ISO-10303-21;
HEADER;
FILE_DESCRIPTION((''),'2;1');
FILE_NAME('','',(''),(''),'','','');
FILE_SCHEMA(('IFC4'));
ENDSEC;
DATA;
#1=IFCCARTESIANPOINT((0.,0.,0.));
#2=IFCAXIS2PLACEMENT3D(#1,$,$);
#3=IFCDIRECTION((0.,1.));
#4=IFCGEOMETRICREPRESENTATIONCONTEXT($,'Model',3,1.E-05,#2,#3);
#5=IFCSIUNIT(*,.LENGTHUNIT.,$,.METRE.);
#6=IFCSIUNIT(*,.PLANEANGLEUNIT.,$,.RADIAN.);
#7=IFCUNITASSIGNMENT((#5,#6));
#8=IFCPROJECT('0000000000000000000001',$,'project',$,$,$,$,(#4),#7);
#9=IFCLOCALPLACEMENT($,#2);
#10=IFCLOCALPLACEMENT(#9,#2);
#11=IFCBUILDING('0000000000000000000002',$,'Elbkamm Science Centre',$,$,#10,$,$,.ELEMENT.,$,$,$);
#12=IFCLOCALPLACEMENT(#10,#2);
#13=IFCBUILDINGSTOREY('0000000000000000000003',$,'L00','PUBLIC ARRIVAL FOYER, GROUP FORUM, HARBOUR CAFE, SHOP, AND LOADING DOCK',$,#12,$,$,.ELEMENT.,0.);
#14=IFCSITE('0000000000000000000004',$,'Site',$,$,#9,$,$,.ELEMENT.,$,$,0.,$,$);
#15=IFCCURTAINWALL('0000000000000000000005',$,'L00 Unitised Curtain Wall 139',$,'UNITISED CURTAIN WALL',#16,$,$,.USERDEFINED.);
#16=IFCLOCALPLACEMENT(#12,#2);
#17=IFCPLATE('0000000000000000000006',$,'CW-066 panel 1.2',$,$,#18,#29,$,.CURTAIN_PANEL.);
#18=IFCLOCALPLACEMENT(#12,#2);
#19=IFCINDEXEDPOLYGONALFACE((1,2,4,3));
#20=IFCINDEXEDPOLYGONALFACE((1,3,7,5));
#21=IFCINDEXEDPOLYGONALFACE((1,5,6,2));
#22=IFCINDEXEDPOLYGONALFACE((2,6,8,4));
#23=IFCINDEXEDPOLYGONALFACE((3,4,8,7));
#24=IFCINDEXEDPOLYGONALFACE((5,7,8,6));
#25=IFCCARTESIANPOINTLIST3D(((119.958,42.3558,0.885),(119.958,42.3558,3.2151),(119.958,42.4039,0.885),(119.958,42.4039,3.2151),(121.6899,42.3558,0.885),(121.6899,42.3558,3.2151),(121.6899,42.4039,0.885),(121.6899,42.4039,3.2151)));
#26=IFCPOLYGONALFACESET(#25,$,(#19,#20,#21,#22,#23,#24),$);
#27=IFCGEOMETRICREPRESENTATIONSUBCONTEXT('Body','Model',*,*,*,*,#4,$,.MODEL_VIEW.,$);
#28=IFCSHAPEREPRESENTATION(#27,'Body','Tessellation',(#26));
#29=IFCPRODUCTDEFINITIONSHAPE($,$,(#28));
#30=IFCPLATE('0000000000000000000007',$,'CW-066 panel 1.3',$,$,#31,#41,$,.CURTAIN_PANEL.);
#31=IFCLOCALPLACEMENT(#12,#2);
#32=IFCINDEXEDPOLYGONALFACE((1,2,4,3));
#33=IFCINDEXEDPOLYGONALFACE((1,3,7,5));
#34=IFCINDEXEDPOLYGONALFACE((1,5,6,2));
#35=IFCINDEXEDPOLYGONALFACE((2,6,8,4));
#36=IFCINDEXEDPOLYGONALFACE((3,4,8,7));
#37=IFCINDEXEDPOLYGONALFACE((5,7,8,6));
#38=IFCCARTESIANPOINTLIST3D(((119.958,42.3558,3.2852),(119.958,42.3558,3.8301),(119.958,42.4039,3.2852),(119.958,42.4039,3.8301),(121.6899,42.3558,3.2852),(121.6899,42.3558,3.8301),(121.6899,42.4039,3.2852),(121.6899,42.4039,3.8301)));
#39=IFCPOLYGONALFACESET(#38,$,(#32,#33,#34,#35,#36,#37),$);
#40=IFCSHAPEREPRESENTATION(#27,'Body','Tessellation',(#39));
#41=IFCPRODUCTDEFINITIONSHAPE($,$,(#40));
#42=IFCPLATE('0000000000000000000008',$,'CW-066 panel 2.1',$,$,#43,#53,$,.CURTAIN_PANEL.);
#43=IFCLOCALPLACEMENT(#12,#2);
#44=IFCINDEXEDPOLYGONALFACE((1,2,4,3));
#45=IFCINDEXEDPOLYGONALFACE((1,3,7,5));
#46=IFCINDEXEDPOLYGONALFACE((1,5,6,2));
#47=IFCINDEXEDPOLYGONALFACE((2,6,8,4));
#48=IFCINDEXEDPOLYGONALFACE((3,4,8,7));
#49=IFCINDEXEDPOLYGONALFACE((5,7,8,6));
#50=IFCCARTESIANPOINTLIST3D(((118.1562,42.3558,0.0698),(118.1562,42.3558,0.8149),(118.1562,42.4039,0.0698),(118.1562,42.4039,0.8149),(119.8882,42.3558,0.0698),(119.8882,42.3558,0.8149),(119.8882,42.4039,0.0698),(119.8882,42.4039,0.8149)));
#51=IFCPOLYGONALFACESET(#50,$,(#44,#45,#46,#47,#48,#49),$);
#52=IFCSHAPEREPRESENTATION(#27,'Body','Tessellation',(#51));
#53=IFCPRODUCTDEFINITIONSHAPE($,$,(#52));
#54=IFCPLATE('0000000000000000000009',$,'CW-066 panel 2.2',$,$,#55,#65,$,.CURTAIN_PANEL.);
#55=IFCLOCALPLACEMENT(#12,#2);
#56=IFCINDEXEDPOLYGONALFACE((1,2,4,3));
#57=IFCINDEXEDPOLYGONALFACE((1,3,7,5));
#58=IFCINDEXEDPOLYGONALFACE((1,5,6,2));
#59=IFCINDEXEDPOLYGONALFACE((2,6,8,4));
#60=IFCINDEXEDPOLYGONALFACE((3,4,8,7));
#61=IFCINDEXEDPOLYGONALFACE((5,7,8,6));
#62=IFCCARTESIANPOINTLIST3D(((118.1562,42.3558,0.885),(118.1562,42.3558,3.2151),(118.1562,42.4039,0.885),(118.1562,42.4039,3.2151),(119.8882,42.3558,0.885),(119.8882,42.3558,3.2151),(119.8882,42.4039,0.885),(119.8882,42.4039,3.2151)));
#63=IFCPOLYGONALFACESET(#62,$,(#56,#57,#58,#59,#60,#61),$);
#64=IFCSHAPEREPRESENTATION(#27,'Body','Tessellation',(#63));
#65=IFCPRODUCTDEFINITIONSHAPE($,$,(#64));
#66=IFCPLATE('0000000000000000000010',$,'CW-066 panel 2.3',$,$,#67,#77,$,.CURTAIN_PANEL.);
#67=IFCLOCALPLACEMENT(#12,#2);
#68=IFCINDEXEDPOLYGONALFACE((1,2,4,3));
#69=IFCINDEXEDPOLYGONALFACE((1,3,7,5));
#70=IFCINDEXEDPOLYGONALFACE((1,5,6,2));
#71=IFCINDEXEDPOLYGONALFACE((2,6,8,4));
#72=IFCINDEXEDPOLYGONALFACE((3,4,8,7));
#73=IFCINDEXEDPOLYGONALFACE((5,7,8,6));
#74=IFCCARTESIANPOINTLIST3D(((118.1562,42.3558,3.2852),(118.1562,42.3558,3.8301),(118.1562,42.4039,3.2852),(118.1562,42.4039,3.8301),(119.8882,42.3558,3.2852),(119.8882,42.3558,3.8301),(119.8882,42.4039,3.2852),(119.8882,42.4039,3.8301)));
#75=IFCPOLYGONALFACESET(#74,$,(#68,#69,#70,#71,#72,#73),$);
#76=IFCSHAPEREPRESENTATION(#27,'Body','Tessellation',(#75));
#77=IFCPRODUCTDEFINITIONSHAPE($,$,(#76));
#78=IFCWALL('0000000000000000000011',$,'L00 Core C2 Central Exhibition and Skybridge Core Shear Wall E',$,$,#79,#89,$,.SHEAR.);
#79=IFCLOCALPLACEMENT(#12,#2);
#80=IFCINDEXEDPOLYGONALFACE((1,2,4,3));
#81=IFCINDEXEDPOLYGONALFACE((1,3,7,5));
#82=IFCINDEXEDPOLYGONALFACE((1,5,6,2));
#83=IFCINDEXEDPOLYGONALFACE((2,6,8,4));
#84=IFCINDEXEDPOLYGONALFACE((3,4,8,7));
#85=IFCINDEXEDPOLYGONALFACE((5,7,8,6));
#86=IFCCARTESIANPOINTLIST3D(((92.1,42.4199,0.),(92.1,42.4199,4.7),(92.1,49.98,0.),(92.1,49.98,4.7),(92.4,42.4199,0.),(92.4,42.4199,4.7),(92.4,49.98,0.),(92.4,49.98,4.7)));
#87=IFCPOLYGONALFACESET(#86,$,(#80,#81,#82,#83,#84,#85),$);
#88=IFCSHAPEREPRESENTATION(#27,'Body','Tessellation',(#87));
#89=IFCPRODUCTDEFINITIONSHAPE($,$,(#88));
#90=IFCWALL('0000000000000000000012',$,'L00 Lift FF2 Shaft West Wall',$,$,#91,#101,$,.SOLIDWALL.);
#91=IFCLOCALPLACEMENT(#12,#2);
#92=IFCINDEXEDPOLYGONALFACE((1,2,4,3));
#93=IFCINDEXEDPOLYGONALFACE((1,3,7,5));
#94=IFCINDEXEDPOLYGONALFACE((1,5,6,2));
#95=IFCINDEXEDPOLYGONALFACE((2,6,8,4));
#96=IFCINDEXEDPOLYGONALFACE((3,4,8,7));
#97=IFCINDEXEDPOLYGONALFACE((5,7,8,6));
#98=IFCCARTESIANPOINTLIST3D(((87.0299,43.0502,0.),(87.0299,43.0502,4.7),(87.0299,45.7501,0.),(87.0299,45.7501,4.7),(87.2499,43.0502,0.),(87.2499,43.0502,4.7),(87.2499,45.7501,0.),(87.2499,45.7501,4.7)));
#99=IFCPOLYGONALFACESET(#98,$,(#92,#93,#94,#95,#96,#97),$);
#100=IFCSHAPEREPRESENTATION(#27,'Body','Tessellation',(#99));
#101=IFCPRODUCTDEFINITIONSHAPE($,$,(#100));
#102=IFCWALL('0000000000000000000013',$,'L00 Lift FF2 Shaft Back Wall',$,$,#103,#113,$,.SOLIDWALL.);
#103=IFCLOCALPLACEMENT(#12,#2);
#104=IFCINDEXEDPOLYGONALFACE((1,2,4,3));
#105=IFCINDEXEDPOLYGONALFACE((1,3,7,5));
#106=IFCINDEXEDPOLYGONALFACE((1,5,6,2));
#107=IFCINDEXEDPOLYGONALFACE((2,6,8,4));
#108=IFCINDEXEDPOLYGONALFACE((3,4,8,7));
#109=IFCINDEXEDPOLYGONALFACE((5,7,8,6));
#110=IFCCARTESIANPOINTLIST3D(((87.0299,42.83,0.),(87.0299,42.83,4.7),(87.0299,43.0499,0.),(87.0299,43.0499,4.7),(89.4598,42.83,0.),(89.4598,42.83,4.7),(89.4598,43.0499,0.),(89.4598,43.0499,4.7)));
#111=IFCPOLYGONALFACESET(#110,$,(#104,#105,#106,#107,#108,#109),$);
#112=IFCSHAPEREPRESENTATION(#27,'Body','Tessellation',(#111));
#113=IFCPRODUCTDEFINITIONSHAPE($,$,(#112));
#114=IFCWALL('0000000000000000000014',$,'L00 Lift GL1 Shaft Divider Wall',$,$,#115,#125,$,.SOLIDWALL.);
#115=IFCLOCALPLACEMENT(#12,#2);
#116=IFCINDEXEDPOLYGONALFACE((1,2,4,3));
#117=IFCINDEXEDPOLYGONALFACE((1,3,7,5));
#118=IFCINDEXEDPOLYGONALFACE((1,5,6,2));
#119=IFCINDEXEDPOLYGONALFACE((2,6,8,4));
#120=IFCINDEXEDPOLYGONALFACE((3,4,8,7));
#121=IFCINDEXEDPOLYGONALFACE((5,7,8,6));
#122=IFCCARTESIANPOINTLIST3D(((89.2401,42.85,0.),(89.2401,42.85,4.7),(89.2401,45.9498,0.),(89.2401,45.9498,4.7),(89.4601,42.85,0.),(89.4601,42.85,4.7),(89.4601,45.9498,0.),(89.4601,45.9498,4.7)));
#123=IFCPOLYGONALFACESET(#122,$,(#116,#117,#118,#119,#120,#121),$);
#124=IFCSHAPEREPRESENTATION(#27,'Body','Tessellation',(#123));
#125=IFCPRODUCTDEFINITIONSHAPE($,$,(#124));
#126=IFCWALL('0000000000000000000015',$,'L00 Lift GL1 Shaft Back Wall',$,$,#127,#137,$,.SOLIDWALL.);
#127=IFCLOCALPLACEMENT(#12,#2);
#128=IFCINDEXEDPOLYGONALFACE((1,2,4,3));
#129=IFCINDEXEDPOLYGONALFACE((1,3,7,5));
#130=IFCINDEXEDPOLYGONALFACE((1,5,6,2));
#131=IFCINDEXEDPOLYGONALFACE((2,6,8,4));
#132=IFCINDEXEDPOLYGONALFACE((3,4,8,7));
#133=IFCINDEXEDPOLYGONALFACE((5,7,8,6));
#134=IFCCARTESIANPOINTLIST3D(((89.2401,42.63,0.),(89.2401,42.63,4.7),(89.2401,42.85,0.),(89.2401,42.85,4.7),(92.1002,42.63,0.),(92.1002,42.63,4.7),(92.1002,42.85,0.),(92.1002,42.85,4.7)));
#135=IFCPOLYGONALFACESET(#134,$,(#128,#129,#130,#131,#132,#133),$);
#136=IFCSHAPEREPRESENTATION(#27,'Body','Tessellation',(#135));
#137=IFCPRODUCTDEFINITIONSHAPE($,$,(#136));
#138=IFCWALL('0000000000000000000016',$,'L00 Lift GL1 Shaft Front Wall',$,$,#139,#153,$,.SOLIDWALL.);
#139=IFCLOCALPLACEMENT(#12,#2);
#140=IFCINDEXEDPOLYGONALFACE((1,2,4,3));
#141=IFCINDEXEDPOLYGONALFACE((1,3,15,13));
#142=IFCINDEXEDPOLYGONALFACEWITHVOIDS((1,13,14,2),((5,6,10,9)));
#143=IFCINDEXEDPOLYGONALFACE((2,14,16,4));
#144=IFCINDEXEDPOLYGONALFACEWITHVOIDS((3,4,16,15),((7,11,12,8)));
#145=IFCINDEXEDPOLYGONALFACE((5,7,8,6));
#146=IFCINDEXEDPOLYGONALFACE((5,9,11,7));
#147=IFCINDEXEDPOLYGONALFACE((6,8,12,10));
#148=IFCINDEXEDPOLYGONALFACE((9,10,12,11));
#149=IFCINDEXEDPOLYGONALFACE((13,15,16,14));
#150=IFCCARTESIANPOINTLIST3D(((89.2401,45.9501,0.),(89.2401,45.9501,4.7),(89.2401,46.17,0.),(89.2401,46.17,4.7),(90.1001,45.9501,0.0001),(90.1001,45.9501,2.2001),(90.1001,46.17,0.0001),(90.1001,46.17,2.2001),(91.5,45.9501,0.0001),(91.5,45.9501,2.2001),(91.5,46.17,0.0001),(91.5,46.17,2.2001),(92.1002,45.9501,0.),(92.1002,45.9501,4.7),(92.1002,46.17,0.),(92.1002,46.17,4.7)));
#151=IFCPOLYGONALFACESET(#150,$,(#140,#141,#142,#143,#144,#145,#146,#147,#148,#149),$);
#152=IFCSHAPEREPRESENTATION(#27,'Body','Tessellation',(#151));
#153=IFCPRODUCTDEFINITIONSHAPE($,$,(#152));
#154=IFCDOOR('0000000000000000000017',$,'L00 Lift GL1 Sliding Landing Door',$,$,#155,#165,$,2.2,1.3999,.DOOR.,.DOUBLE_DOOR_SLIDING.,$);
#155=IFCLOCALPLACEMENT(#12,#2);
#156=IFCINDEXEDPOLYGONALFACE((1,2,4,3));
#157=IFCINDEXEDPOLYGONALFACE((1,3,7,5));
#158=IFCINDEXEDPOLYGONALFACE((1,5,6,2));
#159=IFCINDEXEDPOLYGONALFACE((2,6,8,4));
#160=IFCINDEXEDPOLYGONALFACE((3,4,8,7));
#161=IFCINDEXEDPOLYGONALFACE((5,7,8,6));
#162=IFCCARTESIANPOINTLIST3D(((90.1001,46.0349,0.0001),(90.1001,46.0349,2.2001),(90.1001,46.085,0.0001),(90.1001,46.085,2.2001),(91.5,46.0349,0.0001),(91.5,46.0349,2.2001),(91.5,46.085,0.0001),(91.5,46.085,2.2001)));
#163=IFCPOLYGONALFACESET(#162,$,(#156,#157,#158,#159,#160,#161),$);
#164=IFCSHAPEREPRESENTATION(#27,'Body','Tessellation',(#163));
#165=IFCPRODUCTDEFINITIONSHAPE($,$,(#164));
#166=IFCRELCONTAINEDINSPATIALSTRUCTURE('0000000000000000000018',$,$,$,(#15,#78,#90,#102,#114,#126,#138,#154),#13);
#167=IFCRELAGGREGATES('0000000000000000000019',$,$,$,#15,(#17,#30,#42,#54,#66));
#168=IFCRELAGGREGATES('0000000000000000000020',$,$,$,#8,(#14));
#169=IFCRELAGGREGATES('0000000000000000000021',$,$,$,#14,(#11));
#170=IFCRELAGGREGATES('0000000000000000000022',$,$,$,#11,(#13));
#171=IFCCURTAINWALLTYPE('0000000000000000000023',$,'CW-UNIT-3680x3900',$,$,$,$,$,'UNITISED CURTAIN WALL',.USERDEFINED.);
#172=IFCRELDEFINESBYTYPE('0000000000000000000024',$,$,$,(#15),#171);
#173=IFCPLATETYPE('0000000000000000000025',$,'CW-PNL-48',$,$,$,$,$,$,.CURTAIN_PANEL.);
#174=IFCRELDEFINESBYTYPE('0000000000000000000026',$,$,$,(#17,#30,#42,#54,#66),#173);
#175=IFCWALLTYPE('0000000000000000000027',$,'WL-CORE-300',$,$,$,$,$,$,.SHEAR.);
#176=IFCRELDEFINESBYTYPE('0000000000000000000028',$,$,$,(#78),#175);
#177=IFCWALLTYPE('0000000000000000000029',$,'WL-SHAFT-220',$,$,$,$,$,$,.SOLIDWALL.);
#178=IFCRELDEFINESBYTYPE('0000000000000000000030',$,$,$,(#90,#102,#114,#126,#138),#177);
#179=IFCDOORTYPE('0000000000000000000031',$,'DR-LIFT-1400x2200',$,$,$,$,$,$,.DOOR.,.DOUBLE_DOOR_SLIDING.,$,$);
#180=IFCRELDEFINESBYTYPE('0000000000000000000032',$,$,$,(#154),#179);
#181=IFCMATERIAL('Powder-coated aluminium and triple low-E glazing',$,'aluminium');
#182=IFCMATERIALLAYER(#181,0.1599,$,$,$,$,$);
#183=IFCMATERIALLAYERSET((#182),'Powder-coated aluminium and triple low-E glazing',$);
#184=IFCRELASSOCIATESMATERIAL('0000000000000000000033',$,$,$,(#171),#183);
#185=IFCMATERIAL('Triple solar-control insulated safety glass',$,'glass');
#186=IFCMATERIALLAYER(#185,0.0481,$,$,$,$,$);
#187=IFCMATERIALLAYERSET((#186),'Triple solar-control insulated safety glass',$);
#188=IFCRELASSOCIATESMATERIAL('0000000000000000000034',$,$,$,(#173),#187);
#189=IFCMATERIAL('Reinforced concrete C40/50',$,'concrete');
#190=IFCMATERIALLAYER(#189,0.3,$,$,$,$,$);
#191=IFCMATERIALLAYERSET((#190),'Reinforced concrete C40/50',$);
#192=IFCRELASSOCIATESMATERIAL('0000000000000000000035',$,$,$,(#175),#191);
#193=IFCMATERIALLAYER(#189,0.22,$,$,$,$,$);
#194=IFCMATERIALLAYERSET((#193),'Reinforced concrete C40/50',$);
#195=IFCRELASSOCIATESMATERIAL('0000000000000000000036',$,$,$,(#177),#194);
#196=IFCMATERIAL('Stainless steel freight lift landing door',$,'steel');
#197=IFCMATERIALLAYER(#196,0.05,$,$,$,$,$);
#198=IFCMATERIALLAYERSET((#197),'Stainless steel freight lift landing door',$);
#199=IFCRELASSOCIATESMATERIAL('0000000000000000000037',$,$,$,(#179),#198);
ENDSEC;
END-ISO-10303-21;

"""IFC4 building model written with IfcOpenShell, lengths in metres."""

from ifc_helpers import new_model, si_unit, direction, frame, frame_2d, origin, origin_2d, place, context, subcontext, project, spatial, rectangle, extrude, material, layer, layer_set, type_object, element, fill, aggregate, save


model = new_model("IFC4")

# Units and contexts
model_context = context("Model", 3, precision=1e-05, world=origin(), true_north=direction((0.0, 1.0)))
body_context = subcontext(model_context, "Body", "Model", "MODEL_VIEW")
ifc_project = project(units=[si_unit("LENGTHUNIT", "METRE"), si_unit("PLANEANGLEUNIT", "RADIAN")], contexts=[model_context])

# Site, building, storey
site_placement = place(None, origin())
site = spatial("IfcSite", under=ifc_project, at=site_placement, Name="Site", CompositionType="ELEMENT", RefElevation=0.0)
building_placement = place(site_placement, origin())
building = spatial("IfcBuilding", under=site, at=building_placement, Name="Elbkamm Science Centre", CompositionType="ELEMENT")
storey_placement = place(building_placement, origin())
storey = spatial("IfcBuildingStorey", under=building, at=storey_placement, Name="L00", Description="PUBLIC ARRIVAL FOYER, GROUP FORUM, HARBOUR CAFE, SHOP, AND LOADING DOCK", CompositionType="ELEMENT", Elevation=0.0)

# Curtain wall
ifc_material_1 = material(Name="Powder-coated aluminium and triple low-E glazing", Category="aluminium")
ifc_layer_1 = layer(ifc_material_1, 0.1599)
ifc_layer_set_1 = layer_set([ifc_layer_1], Name="Powder-coated aluminium and triple low-E glazing")
curtain_wall_type = type_object("IfcCurtainWallType", Name="CW-UNIT-3680x3900", ElementType="UNITISED CURTAIN WALL", PredefinedType="USERDEFINED", material=ifc_layer_set_1)
curtain_wall_placement = place(storey_placement, origin())
curtain_wall = element("IfcCurtainWall", 1, at=curtain_wall_placement, inside=storey, type_object=curtain_wall_type, Name="L00 Unitised Curtain Wall 139", ObjectType="UNITISED CURTAIN WALL", PredefinedType="USERDEFINED")

# Plates
ifc_material_2 = material(Name="Triple solar-control insulated safety glass", Category="glass")
ifc_layer_2 = layer(ifc_material_2, 0.0481)
ifc_layer_set_2 = layer_set([ifc_layer_2], Name="Triple solar-control insulated safety glass")
plate_type = type_object("IfcPlateType", Name="CW-PNL-48", PredefinedType="CURTAIN_PANEL", material=ifc_layer_set_2)
plate_1_placement = place(storey_placement, frame((120.824, 42.3799, 0.885), z_axis=(0.0, 0.0, 1.0), x_axis=(-1.0, 0.0, 0.0)))
plate_1 = element("IfcPlate", 2, at=plate_1_placement, type_object=plate_type, Name="CW-066 panel 1.2", PredefinedType="CURTAIN_PANEL", context=body_context, shape_type="SweptSolid", body=[
    extrude(rectangle(XDim=1.7319, YDim=0.0481, at=origin_2d()), origin(), (0.0, 0.0, 1.0), 2.3301),
])
plate_2_placement = place(storey_placement, frame((120.824, 42.3799, 3.2852), z_axis=(0.0, 0.0, 1.0), x_axis=(-1.0, 0.0, 0.0)))
plate_2 = element("IfcPlate", 3, at=plate_2_placement, type_object=plate_type, Name="CW-066 panel 1.3", PredefinedType="CURTAIN_PANEL", context=body_context, shape_type="SweptSolid", body=[
    extrude(rectangle(XDim=1.7319, YDim=0.0481, at=origin_2d()), origin(), (0.0, 0.0, 1.0), 0.5449),
])
plate_3_placement = place(storey_placement, frame((119.0222, 42.3799, 0.0698), z_axis=(0.0, 0.0, 1.0), x_axis=(-1.0, 0.0, 0.0)))
plate_3 = element("IfcPlate", 4, at=plate_3_placement, type_object=plate_type, Name="CW-066 panel 2.1", PredefinedType="CURTAIN_PANEL", context=body_context, shape_type="SweptSolid", body=[
    extrude(rectangle(XDim=1.7319, YDim=0.0481, at=origin_2d()), origin(), (0.0, 0.0, 1.0), 0.7451),
])
plate_4_placement = place(storey_placement, frame((119.0222, 42.3799, 0.885), z_axis=(0.0, 0.0, 1.0), x_axis=(-1.0, 0.0, 0.0)))
plate_4 = element("IfcPlate", 5, at=plate_4_placement, type_object=plate_type, Name="CW-066 panel 2.2", PredefinedType="CURTAIN_PANEL", context=body_context, shape_type="SweptSolid", body=[
    extrude(rectangle(XDim=1.7319, YDim=0.0481, at=origin_2d()), origin(), (0.0, 0.0, 1.0), 2.3301),
])
plate_5_placement = place(storey_placement, frame((119.0222, 42.3799, 3.2852), z_axis=(0.0, 0.0, 1.0), x_axis=(-1.0, 0.0, 0.0)))
plate_5 = element("IfcPlate", 6, at=plate_5_placement, type_object=plate_type, Name="CW-066 panel 2.3", PredefinedType="CURTAIN_PANEL", context=body_context, shape_type="SweptSolid", body=[
    extrude(rectangle(XDim=1.7319, YDim=0.0481, at=origin_2d()), origin(), (0.0, 0.0, 1.0), 0.5449),
])
aggregate(curtain_wall, [plate_1, plate_2, plate_3, plate_4, plate_5])

# Walls
ifc_material_3 = material(Name="Reinforced concrete C40/50", Category="concrete")
ifc_layer_3 = layer(ifc_material_3, 0.3)
ifc_layer_set_3 = layer_set([ifc_layer_3], Name="Reinforced concrete C40/50")
wall_type_1 = type_object("IfcWallType", Name="WL-CORE-300", PredefinedType="SHEAR", material=ifc_layer_set_3)
wall_1_placement = place(storey_placement, frame((92.25, 42.4199, 0.0), z_axis=(0.0, 0.0, 1.0), x_axis=(0.0, 1.0, 0.0)))
element("IfcWall", 7, at=wall_1_placement, inside=storey, type_object=wall_type_1, Name="L00 Core C2 Central Exhibition and Skybridge Core Shear Wall E", PredefinedType="SHEAR", context=body_context, shape_type="SweptSolid", body=[
    extrude(rectangle(XDim=7.5601, YDim=0.3, at=frame_2d((3.78, 0.0))), origin(), (0.0, 0.0, 1.0), 4.7),
])
ifc_layer_4 = layer(ifc_material_3, 0.22)
ifc_layer_set_4 = layer_set([ifc_layer_4], Name="Reinforced concrete C40/50")
wall_type_2 = type_object("IfcWallType", Name="WL-SHAFT-220", PredefinedType="SOLIDWALL", material=ifc_layer_set_4)
wall_2_placement = place(storey_placement, frame((87.1399, 43.05, 0.0), z_axis=(0.0, 0.0, 1.0), x_axis=(0.0, 1.0, 0.0)))
element("IfcWall", 8, at=wall_2_placement, inside=storey, type_object=wall_type_2, Name="L00 Lift FF2 Shaft West Wall", PredefinedType="SOLIDWALL", context=body_context, shape_type="SweptSolid", body=[
    extrude(rectangle(XDim=2.7, YDim=0.22, at=frame_2d((1.3501, 0.0))), origin(), (0.0, 0.0, 1.0), 4.7),
])
wall_3_placement = place(storey_placement, frame((87.03, 42.9399, 0.0), z_axis=(0.0, 0.0, 1.0), x_axis=(1.0, 0.0, 0.0)))
element("IfcWall", 9, at=wall_3_placement, inside=storey, type_object=wall_type_2, Name="L00 Lift FF2 Shaft Back Wall", PredefinedType="SOLIDWALL", context=body_context, shape_type="SweptSolid", body=[
    extrude(rectangle(XDim=2.4299, YDim=0.22, at=frame_2d((1.2148, 0.0))), origin(), (0.0, 0.0, 1.0), 4.7),
])

# Walls
wall_4_placement = place(storey_placement, frame((89.3501, 42.8501, 0.0), z_axis=(0.0, 0.0, 1.0), x_axis=(0.0, 1.0, 0.0)))
element("IfcWall", 10, at=wall_4_placement, inside=storey, type_object=wall_type_2, Name="L00 Lift GL1 Shaft Divider Wall", PredefinedType="SOLIDWALL", context=body_context, shape_type="SweptSolid", body=[
    extrude(rectangle(XDim=3.0999, YDim=0.22, at=frame_2d((1.5498, 0.0))), origin(), (0.0, 0.0, 1.0), 4.7),
])
wall_5_placement = place(storey_placement, frame((89.24, 42.74, 0.0), z_axis=(0.0, 0.0, 1.0), x_axis=(1.0, 0.0, 0.0)))
element("IfcWall", 11, at=wall_5_placement, inside=storey, type_object=wall_type_2, Name="L00 Lift GL1 Shaft Back Wall", PredefinedType="SOLIDWALL", context=body_context, shape_type="SweptSolid", body=[
    extrude(rectangle(XDim=2.8601, YDim=0.22, at=frame_2d((1.4302, 0.0))), origin(), (0.0, 0.0, 1.0), 4.7),
])

# Wall, opening, door
wall_6_placement = place(storey_placement, frame((89.24, 46.0601, 0.0), z_axis=(0.0, 0.0, 1.0), x_axis=(1.0, 0.0, 0.0)))
wall_6 = element("IfcWall", 12, at=wall_6_placement, inside=storey, type_object=wall_type_2, Name="L00 Lift GL1 Shaft Front Wall", PredefinedType="SOLIDWALL", context=body_context, shape_type="SweptSolid", body=[
    extrude(rectangle(XDim=2.8601, YDim=0.22, at=frame_2d((1.4302, 0.0))), origin(), (0.0, 0.0, 1.0), 4.7),
])
opening_1_placement = place(wall_6_placement, frame((0.8601, 0.0, 0.0)))
opening_1 = element("IfcOpeningElement", 13, at=opening_1_placement, cuts=wall_6, PredefinedType="OPENING", context=body_context, shape_type="SweptSolid", body=[
    extrude(rectangle(XDim=1.3999, YDim=2.2, at=frame_2d((0.7, 1.1001))), frame((0.0, 0.1221, 0.0), z_axis=(0.0, -1.0, 0.0), x_axis=(1.0, 0.0, 0.0)), (0.0, 0.0, 1.0), 0.2439),
])
ifc_material_4 = material(Name="Stainless steel freight lift landing door", Category="steel")
ifc_layer_5 = layer(ifc_material_4, 0.05)
ifc_layer_set_5 = layer_set([ifc_layer_5], Name="Stainless steel freight lift landing door")
door_type_1 = type_object("IfcDoorType", Name="DR-LIFT-1400x2200", OperationType="DOUBLE_DOOR_SLIDING", PredefinedType="DOOR", material=ifc_layer_set_5)
door_1_placement = place(opening_1_placement, origin())
door_1 = element("IfcDoor", 14, at=door_1_placement, inside=storey, type_object=door_type_1, Name="L00 Lift GL1 Sliding Landing Door", OperationType="DOUBLE_DOOR_SLIDING", OverallHeight=2.2, OverallWidth=1.3999, PredefinedType="DOOR", context=body_context, shape_type="SweptSolid", body=[
    extrude(rectangle(XDim=1.3999, YDim=2.2, at=frame_2d((0.7, 1.1001))), frame((0.0, 0.0249, 0.0), z_axis=(0.0, -1.0, 0.0), x_axis=(1.0, 0.0, 0.0)), (0.0, 0.0, 1.0), 0.05),
])
fill(opening_1, door_1)

save(model, "model.ifc")
